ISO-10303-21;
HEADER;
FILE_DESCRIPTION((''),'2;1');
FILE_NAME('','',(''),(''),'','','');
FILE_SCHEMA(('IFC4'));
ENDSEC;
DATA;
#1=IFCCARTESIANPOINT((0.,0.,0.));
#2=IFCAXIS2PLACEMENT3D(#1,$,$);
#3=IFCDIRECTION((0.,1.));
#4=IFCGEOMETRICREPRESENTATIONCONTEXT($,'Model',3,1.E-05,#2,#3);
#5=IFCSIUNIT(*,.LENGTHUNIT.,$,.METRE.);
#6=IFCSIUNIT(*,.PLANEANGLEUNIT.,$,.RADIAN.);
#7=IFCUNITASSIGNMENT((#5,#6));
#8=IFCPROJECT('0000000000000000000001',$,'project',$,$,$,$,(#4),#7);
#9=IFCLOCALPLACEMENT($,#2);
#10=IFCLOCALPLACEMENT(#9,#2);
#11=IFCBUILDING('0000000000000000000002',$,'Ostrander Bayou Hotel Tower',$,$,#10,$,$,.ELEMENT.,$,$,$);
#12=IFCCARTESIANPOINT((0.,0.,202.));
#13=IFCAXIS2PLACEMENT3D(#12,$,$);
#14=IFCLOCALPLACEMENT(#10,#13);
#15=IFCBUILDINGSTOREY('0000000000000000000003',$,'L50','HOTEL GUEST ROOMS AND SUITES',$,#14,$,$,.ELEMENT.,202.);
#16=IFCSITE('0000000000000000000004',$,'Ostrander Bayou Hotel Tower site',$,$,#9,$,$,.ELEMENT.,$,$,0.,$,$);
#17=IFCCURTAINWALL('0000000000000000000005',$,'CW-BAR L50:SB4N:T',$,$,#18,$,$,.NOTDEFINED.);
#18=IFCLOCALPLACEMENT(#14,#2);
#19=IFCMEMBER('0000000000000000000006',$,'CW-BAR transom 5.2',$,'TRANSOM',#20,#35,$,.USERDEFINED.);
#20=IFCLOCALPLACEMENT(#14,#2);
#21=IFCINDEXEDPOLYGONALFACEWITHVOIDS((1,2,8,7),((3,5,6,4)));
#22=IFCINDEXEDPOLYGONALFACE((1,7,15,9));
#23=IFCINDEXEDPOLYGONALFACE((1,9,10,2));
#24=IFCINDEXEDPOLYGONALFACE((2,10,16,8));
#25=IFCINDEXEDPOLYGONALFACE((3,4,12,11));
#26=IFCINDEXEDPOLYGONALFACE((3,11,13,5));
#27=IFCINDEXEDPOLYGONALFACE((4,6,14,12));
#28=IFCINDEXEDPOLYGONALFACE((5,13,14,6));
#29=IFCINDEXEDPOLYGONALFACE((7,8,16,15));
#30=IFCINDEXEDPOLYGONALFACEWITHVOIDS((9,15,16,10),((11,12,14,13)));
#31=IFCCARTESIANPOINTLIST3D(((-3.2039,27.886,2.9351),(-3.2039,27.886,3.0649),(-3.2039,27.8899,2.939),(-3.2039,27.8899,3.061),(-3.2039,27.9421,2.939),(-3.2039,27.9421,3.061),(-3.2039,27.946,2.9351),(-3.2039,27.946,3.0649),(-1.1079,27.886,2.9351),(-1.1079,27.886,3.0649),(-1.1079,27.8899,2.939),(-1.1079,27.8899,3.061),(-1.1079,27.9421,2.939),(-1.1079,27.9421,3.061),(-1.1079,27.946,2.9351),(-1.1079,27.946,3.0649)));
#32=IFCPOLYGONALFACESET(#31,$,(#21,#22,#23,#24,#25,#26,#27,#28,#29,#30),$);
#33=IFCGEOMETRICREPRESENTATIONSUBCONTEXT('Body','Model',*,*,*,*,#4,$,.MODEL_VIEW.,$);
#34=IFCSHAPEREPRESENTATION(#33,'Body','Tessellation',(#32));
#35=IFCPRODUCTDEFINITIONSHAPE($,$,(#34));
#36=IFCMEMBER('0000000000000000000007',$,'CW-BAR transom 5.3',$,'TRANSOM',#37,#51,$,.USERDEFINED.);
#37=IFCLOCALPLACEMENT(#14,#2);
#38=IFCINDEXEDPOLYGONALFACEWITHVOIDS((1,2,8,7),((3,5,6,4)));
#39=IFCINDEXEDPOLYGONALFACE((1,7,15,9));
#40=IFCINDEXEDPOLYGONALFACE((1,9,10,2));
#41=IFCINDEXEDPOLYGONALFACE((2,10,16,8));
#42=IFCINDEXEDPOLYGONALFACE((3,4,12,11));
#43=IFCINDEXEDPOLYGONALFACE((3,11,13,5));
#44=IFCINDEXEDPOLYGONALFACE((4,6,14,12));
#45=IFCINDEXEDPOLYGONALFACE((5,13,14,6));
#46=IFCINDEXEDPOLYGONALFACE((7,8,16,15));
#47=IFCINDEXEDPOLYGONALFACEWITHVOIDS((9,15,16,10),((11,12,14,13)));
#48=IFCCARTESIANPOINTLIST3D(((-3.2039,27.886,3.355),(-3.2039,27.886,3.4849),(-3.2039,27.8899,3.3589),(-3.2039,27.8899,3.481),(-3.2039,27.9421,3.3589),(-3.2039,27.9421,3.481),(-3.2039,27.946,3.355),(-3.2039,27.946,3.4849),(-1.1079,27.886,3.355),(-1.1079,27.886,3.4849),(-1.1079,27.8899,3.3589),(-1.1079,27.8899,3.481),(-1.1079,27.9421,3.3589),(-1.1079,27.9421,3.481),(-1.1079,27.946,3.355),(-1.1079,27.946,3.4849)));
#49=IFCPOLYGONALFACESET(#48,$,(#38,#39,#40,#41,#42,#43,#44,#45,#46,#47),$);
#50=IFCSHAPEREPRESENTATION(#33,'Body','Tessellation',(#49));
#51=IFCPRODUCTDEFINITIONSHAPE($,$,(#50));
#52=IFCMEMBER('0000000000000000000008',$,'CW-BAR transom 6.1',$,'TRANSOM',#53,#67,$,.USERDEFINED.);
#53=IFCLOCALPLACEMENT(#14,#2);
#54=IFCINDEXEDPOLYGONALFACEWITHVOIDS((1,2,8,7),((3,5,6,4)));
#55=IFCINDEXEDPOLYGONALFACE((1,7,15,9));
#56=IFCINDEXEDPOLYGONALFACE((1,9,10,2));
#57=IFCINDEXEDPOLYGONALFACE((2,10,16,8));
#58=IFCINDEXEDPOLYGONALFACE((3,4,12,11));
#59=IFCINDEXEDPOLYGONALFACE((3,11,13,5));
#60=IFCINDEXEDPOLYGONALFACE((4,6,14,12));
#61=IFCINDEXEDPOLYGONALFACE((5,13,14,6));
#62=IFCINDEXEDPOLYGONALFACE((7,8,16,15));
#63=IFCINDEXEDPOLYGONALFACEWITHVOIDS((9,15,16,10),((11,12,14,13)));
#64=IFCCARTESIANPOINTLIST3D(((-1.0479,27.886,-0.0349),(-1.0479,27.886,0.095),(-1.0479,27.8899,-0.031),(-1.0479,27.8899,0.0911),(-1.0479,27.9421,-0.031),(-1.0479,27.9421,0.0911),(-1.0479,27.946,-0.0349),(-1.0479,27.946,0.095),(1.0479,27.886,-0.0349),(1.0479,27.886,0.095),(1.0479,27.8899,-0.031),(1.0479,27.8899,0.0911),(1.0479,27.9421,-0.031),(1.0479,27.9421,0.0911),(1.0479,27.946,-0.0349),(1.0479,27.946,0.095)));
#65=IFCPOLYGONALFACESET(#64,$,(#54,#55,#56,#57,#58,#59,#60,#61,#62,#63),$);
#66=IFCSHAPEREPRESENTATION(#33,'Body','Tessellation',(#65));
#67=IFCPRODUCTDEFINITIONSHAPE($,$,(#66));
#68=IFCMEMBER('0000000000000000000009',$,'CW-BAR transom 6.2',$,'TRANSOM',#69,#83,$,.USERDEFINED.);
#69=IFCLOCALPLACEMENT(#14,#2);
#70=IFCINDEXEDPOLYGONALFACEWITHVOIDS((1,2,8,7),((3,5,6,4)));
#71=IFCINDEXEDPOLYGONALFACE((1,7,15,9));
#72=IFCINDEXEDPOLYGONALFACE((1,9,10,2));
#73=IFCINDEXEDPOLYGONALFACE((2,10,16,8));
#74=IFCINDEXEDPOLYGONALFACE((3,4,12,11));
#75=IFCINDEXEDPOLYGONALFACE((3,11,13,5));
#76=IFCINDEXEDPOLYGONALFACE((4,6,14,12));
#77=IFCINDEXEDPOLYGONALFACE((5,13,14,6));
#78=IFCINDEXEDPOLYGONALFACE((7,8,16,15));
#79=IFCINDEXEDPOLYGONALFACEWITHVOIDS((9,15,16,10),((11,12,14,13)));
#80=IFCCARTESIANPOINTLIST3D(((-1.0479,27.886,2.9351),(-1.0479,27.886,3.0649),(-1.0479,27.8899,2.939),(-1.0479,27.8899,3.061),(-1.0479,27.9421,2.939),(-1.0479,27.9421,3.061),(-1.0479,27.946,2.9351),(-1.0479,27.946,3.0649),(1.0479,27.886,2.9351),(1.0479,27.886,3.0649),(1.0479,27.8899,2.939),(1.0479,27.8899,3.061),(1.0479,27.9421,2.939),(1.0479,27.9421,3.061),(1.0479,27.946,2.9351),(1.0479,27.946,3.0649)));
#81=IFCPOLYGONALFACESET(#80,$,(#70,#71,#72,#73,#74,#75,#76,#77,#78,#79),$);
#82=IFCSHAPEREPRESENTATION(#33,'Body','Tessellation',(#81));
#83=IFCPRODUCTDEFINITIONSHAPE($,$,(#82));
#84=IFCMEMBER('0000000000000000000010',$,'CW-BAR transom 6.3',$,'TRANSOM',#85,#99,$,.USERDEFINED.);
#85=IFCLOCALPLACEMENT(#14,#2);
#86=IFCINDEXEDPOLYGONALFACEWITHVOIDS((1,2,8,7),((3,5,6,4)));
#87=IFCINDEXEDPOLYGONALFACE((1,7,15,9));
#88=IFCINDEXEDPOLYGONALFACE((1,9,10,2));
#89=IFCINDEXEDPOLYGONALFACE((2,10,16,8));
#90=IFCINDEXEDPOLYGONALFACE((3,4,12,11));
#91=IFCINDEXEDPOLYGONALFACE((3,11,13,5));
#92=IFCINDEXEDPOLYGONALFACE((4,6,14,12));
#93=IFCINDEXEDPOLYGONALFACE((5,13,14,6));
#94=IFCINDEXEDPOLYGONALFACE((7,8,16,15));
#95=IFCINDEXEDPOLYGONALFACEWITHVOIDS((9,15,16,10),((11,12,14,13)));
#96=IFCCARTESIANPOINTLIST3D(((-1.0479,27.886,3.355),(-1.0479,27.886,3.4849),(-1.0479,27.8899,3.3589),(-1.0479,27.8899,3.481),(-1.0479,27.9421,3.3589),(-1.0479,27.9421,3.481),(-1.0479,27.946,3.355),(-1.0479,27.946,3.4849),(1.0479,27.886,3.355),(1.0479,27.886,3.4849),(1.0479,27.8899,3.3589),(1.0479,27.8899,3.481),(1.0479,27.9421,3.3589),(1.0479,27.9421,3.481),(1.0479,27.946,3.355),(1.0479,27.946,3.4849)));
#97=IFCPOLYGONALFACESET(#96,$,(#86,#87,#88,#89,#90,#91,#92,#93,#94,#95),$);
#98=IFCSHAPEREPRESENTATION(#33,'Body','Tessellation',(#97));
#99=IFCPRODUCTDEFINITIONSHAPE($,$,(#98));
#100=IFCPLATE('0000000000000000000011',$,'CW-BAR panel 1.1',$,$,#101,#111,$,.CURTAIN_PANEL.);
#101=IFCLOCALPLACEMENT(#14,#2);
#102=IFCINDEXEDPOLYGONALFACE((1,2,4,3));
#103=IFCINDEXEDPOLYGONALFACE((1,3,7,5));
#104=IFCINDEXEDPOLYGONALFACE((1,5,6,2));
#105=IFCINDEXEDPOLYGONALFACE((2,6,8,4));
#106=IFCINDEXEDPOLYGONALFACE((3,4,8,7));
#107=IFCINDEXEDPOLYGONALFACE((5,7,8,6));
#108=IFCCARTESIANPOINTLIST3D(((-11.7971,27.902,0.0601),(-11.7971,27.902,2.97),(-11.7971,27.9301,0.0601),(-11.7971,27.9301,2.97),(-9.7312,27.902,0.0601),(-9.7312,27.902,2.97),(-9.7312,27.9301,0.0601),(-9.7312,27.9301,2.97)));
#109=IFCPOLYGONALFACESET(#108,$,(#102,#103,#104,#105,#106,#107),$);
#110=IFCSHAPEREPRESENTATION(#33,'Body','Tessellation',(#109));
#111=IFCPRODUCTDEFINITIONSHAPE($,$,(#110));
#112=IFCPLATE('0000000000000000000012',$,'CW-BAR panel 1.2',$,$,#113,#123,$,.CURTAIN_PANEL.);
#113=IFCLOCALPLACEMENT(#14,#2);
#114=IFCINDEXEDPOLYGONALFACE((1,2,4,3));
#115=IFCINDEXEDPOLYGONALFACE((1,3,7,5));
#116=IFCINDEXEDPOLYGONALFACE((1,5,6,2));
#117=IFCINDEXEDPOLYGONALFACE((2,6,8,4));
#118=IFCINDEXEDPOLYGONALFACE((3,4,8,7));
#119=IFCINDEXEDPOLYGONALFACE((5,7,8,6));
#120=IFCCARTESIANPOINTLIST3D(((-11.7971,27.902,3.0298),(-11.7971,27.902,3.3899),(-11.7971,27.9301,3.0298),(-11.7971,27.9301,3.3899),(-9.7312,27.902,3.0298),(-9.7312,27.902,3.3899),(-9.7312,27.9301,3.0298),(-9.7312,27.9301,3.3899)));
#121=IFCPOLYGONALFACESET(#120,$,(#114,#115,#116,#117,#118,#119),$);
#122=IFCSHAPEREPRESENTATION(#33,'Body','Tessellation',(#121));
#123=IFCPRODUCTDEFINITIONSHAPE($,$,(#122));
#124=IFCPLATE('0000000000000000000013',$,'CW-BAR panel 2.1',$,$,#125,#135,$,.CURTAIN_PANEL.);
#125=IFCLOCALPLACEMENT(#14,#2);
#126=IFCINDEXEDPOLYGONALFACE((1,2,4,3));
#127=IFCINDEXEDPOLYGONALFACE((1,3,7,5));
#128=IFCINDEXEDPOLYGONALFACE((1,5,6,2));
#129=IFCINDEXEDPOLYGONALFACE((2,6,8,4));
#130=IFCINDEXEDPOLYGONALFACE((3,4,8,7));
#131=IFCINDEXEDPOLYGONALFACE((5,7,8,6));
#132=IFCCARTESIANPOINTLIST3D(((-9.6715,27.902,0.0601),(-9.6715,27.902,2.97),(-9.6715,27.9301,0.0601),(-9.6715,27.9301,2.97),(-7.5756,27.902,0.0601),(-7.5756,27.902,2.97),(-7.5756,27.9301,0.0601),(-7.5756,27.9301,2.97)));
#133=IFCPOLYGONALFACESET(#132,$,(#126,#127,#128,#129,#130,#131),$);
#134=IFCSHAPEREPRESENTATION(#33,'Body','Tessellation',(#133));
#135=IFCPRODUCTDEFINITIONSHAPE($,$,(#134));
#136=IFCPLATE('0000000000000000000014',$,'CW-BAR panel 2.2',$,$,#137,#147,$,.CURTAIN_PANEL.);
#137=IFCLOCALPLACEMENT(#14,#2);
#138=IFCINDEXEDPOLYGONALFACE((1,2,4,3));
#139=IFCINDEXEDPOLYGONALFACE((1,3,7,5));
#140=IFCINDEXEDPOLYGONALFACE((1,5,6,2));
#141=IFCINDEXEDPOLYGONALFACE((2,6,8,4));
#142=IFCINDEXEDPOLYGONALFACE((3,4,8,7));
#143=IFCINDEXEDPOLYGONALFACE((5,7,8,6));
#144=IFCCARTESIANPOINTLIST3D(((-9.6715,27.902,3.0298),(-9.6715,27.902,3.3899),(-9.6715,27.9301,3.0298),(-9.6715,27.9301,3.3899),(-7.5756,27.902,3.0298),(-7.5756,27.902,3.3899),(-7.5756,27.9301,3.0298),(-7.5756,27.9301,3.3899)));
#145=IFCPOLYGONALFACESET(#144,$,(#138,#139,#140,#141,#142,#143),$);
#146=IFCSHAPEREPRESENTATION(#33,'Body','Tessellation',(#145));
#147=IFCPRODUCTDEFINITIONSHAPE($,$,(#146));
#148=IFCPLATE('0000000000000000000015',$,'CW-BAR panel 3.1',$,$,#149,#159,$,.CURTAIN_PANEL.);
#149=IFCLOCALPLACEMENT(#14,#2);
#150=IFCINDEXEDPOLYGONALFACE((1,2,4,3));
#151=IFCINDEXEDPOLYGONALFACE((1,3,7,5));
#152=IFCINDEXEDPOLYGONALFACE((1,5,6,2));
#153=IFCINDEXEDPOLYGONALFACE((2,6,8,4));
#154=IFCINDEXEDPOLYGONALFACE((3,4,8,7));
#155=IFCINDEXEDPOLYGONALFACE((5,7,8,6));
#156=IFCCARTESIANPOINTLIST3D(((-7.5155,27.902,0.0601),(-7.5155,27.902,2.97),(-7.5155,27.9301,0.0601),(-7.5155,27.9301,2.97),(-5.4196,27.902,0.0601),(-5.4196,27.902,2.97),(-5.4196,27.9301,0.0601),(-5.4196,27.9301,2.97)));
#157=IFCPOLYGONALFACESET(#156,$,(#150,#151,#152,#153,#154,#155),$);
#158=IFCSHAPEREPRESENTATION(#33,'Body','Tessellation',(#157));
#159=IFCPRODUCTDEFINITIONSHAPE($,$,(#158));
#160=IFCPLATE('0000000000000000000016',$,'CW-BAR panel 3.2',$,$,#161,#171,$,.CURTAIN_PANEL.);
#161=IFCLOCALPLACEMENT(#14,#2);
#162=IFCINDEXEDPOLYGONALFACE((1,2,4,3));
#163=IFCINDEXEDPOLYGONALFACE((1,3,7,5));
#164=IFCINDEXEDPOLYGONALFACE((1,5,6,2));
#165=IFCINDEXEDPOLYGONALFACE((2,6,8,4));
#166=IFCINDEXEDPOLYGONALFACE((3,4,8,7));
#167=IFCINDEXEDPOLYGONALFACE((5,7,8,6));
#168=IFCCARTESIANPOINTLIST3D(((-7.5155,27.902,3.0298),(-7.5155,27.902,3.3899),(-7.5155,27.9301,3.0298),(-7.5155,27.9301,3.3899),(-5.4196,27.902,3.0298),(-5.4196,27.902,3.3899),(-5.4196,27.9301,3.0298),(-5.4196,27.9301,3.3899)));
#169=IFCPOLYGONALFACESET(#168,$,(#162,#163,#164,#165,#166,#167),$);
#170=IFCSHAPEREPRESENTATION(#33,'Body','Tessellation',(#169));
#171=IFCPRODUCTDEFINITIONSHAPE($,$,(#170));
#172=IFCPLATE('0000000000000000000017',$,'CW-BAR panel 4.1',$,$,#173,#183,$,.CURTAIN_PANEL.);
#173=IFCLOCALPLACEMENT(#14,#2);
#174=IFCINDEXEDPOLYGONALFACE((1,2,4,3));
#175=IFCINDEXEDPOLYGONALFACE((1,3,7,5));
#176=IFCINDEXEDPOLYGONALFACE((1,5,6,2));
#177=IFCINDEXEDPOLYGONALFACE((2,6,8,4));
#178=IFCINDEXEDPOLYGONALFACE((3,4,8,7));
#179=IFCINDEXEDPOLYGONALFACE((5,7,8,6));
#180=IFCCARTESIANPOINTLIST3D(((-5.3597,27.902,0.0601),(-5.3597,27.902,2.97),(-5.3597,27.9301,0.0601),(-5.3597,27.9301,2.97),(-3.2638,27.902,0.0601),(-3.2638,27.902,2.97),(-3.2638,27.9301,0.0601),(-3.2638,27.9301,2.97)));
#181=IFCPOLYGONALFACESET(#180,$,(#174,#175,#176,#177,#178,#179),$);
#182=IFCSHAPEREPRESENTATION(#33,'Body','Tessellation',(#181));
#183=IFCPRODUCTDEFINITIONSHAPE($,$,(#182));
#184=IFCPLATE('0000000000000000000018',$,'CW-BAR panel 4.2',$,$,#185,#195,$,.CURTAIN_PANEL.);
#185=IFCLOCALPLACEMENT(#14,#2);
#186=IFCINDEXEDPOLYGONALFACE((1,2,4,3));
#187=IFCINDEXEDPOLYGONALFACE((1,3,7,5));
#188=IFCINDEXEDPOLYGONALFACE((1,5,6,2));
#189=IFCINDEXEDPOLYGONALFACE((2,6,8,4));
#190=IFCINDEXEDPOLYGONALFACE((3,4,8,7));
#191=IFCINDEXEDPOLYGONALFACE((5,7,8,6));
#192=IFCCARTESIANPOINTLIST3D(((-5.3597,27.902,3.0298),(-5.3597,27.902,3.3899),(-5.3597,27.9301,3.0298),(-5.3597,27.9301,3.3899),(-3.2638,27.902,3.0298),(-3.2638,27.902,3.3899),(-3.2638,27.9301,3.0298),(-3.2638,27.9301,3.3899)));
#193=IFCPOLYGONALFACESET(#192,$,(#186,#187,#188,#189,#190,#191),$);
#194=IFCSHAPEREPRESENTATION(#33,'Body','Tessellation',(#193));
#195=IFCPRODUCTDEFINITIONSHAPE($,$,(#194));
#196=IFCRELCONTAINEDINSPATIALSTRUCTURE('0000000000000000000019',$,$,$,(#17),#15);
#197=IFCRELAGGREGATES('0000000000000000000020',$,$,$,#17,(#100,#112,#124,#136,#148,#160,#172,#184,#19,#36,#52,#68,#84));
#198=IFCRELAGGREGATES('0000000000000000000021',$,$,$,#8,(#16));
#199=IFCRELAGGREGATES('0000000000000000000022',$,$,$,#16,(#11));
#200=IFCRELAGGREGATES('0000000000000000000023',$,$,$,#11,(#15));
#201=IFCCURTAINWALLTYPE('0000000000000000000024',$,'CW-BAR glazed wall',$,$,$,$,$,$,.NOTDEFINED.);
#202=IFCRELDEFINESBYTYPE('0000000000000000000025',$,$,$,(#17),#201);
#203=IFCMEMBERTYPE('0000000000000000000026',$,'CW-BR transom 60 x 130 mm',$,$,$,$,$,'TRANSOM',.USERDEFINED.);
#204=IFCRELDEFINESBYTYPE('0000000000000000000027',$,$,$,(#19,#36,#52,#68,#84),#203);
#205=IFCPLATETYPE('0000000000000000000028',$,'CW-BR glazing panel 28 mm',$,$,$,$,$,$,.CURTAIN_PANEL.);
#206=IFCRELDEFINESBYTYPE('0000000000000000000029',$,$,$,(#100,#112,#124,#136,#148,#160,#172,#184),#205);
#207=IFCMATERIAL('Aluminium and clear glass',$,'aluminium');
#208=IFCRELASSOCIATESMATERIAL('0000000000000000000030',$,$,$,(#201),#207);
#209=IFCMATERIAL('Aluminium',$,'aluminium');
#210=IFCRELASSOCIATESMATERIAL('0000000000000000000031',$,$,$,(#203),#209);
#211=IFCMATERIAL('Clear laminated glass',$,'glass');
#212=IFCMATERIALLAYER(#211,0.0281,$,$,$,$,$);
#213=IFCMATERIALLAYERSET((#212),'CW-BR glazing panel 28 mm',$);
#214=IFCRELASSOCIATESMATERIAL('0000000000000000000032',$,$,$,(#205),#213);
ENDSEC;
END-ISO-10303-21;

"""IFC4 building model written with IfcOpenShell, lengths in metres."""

from ifc_helpers import new_model, si_unit, direction, frame, origin, origin_2d, place, context, subcontext, project, spatial, rectangle, hollow_rectangle, extrude, material, layer, layer_set, material_profile, profile_set, type_object, element, aggregate, save


model = new_model("IFC4")

# Units and contexts
model_context = context("Model", 3, precision=1e-05, world=origin(), true_north=direction((0.0, 1.0)))
body_context = subcontext(model_context, "Body", "Model", "MODEL_VIEW")
ifc_project = project(units=[si_unit("LENGTHUNIT", "METRE"), si_unit("PLANEANGLEUNIT", "RADIAN")], contexts=[model_context])

# Site, building, storey
site_placement = place(None, origin())
site = spatial("IfcSite", under=ifc_project, at=site_placement, Name="Ostrander Bayou Hotel Tower site", CompositionType="ELEMENT", RefElevation=0.0)
building_placement = place(site_placement, origin())
building = spatial("IfcBuilding", under=site, at=building_placement, Name="Ostrander Bayou Hotel Tower", CompositionType="ELEMENT")
storey_placement = place(building_placement, frame((0.0, 0.0, 202.0)))
storey = spatial("IfcBuildingStorey", under=building, at=storey_placement, Name="L50", Description="HOTEL GUEST ROOMS AND SUITES", CompositionType="ELEMENT", Elevation=202.0)

# Curtain wall, members, plates
ifc_material_1 = material(Name="Aluminium and clear glass", Category="aluminium")
curtain_wall_type = type_object("IfcCurtainWallType", Name="CW-BAR glazed wall", PredefinedType="NOTDEFINED", material=ifc_material_1)
curtain_wall_placement = place(storey_placement, origin())
curtain_wall = element("IfcCurtainWall", 1, at=curtain_wall_placement, inside=storey, type_object=curtain_wall_type, Name="CW-BAR L50:SB4N:T", PredefinedType="NOTDEFINED")
ifc_material_2 = material(Name="Aluminium", Category="aluminium")
ifc_material_profile_1 = material_profile(ifc_material_2, hollow_rectangle(XDim=0.0601, YDim=0.1299, WallThickness=0.0039, at=origin_2d()))
ifc_profile_set_1 = profile_set([ifc_material_profile_1], Name="Aluminium")
member_type_1 = type_object("IfcMemberType", Name="CW-BR transom 60 x 130 mm", ElementType="TRANSOM", PredefinedType="USERDEFINED", material=ifc_profile_set_1)
member_1_placement = place(storey_placement, frame((-3.2039, 27.916, 3.0), z_axis=(1.0, 0.0, 0.0), x_axis=(0.0, 1.0, 0.0)))
member_1 = element("IfcMember", 2, at=member_1_placement, type_object=member_type_1, Name="CW-BAR transom 5.2", ObjectType="TRANSOM", PredefinedType="USERDEFINED", context=body_context, shape_type="SweptSolid", body=[
    extrude(hollow_rectangle(XDim=0.0601, YDim=0.1299, WallThickness=0.0039, at=origin_2d()), origin(), (0.0, 0.0, 1.0), 2.0959),
])
member_2_placement = place(storey_placement, frame((-3.2039, 27.916, 3.4199), z_axis=(1.0, 0.0, 0.0), x_axis=(0.0, 1.0, 0.0)))
member_2 = element("IfcMember", 3, at=member_2_placement, type_object=member_type_1, Name="CW-BAR transom 5.3", ObjectType="TRANSOM", PredefinedType="USERDEFINED", context=body_context, shape_type="SweptSolid", body=[
    extrude(hollow_rectangle(XDim=0.0601, YDim=0.1299, WallThickness=0.0039, at=origin_2d()), origin(), (0.0, 0.0, 1.0), 2.0959),
])
member_3_placement = place(storey_placement, frame((-1.0479, 27.916, 0.03), z_axis=(1.0, 0.0, 0.0), x_axis=(0.0, 1.0, 0.0)))
member_3 = element("IfcMember", 4, at=member_3_placement, type_object=member_type_1, Name="CW-BAR transom 6.1", ObjectType="TRANSOM", PredefinedType="USERDEFINED", context=body_context, shape_type="SweptSolid", body=[
    extrude(hollow_rectangle(XDim=0.0601, YDim=0.1299, WallThickness=0.0039, at=origin_2d()), origin(), (0.0, 0.0, 1.0), 2.0957),
])
member_4_placement = place(storey_placement, frame((-1.0479, 27.916, 3.0), z_axis=(1.0, 0.0, 0.0), x_axis=(0.0, 1.0, 0.0)))
member_4 = element("IfcMember", 5, at=member_4_placement, type_object=member_type_1, Name="CW-BAR transom 6.2", ObjectType="TRANSOM", PredefinedType="USERDEFINED", context=body_context, shape_type="SweptSolid", body=[
    extrude(hollow_rectangle(XDim=0.0601, YDim=0.1299, WallThickness=0.0039, at=origin_2d()), origin(), (0.0, 0.0, 1.0), 2.0957),
])
member_5_placement = place(storey_placement, frame((-1.0479, 27.916, 3.4199), z_axis=(1.0, 0.0, 0.0), x_axis=(0.0, 1.0, 0.0)))
member_5 = element("IfcMember", 6, at=member_5_placement, type_object=member_type_1, Name="CW-BAR transom 6.3", ObjectType="TRANSOM", PredefinedType="USERDEFINED", context=body_context, shape_type="SweptSolid", body=[
    extrude(hollow_rectangle(XDim=0.0601, YDim=0.1299, WallThickness=0.0039, at=origin_2d()), origin(), (0.0, 0.0, 1.0), 2.0957),
])
ifc_material_3 = material(Name="Clear laminated glass", Category="glass")
ifc_layer = layer(ifc_material_3, 0.0281)
ifc_layer_set = layer_set([ifc_layer], Name="CW-BR glazing panel 28 mm")
plate_type = type_object("IfcPlateType", Name="CW-BR glazing panel 28 mm", PredefinedType="CURTAIN_PANEL", material=ifc_layer_set)
plate_1_placement = place(storey_placement, frame((-10.7642, 27.916, 0.0601), z_axis=(0.0, 0.0, 1.0), x_axis=(1.0, 0.0, 0.0)))
plate_1 = element("IfcPlate", 7, at=plate_1_placement, type_object=plate_type, Name="CW-BAR panel 1.1", PredefinedType="CURTAIN_PANEL", context=body_context, shape_type="SweptSolid", body=[
    extrude(rectangle(XDim=2.0659, YDim=0.0281, at=origin_2d()), origin(), (0.0, 0.0, 1.0), 2.9099),
])
plate_2_placement = place(storey_placement, frame((-10.7642, 27.916, 3.0298), z_axis=(0.0, 0.0, 1.0), x_axis=(1.0, 0.0, 0.0)))
plate_2 = element("IfcPlate", 8, at=plate_2_placement, type_object=plate_type, Name="CW-BAR panel 1.2", PredefinedType="CURTAIN_PANEL", context=body_context, shape_type="SweptSolid", body=[
    extrude(rectangle(XDim=2.0659, YDim=0.0281, at=origin_2d()), origin(), (0.0, 0.0, 1.0), 0.3601),
])
plate_3_placement = place(storey_placement, frame((-8.6235, 27.916, 0.0601), z_axis=(0.0, 0.0, 1.0), x_axis=(1.0, 0.0, 0.0)))
plate_3 = element("IfcPlate", 9, at=plate_3_placement, type_object=plate_type, Name="CW-BAR panel 2.1", PredefinedType="CURTAIN_PANEL", context=body_context, shape_type="SweptSolid", body=[
    extrude(rectangle(XDim=2.0959, YDim=0.0281, at=origin_2d()), origin(), (0.0, 0.0, 1.0), 2.9099),
])
plate_4_placement = place(storey_placement, frame((-8.6235, 27.916, 3.0298), z_axis=(0.0, 0.0, 1.0), x_axis=(1.0, 0.0, 0.0)))
plate_4 = element("IfcPlate", 10, at=plate_4_placement, type_object=plate_type, Name="CW-BAR panel 2.2", PredefinedType="CURTAIN_PANEL", context=body_context, shape_type="SweptSolid", body=[
    extrude(rectangle(XDim=2.0959, YDim=0.0281, at=origin_2d()), origin(), (0.0, 0.0, 1.0), 0.3601),
])
plate_5_placement = place(storey_placement, frame((-6.4675, 27.916, 0.0601), z_axis=(0.0, 0.0, 1.0), x_axis=(1.0, 0.0, 0.0)))
plate_5 = element("IfcPlate", 11, at=plate_5_placement, type_object=plate_type, Name="CW-BAR panel 3.1", PredefinedType="CURTAIN_PANEL", context=body_context, shape_type="SweptSolid", body=[
    extrude(rectangle(XDim=2.0959, YDim=0.0281, at=origin_2d()), origin(), (0.0, 0.0, 1.0), 2.9099),
])
plate_6_placement = place(storey_placement, frame((-6.4675, 27.916, 3.0298), z_axis=(0.0, 0.0, 1.0), x_axis=(1.0, 0.0, 0.0)))
plate_6 = element("IfcPlate", 12, at=plate_6_placement, type_object=plate_type, Name="CW-BAR panel 3.2", PredefinedType="CURTAIN_PANEL", context=body_context, shape_type="SweptSolid", body=[
    extrude(rectangle(XDim=2.0959, YDim=0.0281, at=origin_2d()), origin(), (0.0, 0.0, 1.0), 0.3601),
])
plate_7_placement = place(storey_placement, frame((-4.3118, 27.916, 0.0601), z_axis=(0.0, 0.0, 1.0), x_axis=(1.0, 0.0, 0.0)))
plate_7 = element("IfcPlate", 13, at=plate_7_placement, type_object=plate_type, Name="CW-BAR panel 4.1", PredefinedType="CURTAIN_PANEL", context=body_context, shape_type="SweptSolid", body=[
    extrude(rectangle(XDim=2.0959, YDim=0.0281, at=origin_2d()), origin(), (0.0, 0.0, 1.0), 2.9099),
])
plate_8_placement = place(storey_placement, frame((-4.3118, 27.916, 3.0298), z_axis=(0.0, 0.0, 1.0), x_axis=(1.0, 0.0, 0.0)))
plate_8 = element("IfcPlate", 14, at=plate_8_placement, type_object=plate_type, Name="CW-BAR panel 4.2", PredefinedType="CURTAIN_PANEL", context=body_context, shape_type="SweptSolid", body=[
    extrude(rectangle(XDim=2.0959, YDim=0.0281, at=origin_2d()), origin(), (0.0, 0.0, 1.0), 0.3601),
])
aggregate(curtain_wall, [plate_1, plate_2, plate_3, plate_4, plate_5, plate_6, plate_7, plate_8, member_1, member_2, member_3, member_4, member_5])

save(model, "model.ifc")
